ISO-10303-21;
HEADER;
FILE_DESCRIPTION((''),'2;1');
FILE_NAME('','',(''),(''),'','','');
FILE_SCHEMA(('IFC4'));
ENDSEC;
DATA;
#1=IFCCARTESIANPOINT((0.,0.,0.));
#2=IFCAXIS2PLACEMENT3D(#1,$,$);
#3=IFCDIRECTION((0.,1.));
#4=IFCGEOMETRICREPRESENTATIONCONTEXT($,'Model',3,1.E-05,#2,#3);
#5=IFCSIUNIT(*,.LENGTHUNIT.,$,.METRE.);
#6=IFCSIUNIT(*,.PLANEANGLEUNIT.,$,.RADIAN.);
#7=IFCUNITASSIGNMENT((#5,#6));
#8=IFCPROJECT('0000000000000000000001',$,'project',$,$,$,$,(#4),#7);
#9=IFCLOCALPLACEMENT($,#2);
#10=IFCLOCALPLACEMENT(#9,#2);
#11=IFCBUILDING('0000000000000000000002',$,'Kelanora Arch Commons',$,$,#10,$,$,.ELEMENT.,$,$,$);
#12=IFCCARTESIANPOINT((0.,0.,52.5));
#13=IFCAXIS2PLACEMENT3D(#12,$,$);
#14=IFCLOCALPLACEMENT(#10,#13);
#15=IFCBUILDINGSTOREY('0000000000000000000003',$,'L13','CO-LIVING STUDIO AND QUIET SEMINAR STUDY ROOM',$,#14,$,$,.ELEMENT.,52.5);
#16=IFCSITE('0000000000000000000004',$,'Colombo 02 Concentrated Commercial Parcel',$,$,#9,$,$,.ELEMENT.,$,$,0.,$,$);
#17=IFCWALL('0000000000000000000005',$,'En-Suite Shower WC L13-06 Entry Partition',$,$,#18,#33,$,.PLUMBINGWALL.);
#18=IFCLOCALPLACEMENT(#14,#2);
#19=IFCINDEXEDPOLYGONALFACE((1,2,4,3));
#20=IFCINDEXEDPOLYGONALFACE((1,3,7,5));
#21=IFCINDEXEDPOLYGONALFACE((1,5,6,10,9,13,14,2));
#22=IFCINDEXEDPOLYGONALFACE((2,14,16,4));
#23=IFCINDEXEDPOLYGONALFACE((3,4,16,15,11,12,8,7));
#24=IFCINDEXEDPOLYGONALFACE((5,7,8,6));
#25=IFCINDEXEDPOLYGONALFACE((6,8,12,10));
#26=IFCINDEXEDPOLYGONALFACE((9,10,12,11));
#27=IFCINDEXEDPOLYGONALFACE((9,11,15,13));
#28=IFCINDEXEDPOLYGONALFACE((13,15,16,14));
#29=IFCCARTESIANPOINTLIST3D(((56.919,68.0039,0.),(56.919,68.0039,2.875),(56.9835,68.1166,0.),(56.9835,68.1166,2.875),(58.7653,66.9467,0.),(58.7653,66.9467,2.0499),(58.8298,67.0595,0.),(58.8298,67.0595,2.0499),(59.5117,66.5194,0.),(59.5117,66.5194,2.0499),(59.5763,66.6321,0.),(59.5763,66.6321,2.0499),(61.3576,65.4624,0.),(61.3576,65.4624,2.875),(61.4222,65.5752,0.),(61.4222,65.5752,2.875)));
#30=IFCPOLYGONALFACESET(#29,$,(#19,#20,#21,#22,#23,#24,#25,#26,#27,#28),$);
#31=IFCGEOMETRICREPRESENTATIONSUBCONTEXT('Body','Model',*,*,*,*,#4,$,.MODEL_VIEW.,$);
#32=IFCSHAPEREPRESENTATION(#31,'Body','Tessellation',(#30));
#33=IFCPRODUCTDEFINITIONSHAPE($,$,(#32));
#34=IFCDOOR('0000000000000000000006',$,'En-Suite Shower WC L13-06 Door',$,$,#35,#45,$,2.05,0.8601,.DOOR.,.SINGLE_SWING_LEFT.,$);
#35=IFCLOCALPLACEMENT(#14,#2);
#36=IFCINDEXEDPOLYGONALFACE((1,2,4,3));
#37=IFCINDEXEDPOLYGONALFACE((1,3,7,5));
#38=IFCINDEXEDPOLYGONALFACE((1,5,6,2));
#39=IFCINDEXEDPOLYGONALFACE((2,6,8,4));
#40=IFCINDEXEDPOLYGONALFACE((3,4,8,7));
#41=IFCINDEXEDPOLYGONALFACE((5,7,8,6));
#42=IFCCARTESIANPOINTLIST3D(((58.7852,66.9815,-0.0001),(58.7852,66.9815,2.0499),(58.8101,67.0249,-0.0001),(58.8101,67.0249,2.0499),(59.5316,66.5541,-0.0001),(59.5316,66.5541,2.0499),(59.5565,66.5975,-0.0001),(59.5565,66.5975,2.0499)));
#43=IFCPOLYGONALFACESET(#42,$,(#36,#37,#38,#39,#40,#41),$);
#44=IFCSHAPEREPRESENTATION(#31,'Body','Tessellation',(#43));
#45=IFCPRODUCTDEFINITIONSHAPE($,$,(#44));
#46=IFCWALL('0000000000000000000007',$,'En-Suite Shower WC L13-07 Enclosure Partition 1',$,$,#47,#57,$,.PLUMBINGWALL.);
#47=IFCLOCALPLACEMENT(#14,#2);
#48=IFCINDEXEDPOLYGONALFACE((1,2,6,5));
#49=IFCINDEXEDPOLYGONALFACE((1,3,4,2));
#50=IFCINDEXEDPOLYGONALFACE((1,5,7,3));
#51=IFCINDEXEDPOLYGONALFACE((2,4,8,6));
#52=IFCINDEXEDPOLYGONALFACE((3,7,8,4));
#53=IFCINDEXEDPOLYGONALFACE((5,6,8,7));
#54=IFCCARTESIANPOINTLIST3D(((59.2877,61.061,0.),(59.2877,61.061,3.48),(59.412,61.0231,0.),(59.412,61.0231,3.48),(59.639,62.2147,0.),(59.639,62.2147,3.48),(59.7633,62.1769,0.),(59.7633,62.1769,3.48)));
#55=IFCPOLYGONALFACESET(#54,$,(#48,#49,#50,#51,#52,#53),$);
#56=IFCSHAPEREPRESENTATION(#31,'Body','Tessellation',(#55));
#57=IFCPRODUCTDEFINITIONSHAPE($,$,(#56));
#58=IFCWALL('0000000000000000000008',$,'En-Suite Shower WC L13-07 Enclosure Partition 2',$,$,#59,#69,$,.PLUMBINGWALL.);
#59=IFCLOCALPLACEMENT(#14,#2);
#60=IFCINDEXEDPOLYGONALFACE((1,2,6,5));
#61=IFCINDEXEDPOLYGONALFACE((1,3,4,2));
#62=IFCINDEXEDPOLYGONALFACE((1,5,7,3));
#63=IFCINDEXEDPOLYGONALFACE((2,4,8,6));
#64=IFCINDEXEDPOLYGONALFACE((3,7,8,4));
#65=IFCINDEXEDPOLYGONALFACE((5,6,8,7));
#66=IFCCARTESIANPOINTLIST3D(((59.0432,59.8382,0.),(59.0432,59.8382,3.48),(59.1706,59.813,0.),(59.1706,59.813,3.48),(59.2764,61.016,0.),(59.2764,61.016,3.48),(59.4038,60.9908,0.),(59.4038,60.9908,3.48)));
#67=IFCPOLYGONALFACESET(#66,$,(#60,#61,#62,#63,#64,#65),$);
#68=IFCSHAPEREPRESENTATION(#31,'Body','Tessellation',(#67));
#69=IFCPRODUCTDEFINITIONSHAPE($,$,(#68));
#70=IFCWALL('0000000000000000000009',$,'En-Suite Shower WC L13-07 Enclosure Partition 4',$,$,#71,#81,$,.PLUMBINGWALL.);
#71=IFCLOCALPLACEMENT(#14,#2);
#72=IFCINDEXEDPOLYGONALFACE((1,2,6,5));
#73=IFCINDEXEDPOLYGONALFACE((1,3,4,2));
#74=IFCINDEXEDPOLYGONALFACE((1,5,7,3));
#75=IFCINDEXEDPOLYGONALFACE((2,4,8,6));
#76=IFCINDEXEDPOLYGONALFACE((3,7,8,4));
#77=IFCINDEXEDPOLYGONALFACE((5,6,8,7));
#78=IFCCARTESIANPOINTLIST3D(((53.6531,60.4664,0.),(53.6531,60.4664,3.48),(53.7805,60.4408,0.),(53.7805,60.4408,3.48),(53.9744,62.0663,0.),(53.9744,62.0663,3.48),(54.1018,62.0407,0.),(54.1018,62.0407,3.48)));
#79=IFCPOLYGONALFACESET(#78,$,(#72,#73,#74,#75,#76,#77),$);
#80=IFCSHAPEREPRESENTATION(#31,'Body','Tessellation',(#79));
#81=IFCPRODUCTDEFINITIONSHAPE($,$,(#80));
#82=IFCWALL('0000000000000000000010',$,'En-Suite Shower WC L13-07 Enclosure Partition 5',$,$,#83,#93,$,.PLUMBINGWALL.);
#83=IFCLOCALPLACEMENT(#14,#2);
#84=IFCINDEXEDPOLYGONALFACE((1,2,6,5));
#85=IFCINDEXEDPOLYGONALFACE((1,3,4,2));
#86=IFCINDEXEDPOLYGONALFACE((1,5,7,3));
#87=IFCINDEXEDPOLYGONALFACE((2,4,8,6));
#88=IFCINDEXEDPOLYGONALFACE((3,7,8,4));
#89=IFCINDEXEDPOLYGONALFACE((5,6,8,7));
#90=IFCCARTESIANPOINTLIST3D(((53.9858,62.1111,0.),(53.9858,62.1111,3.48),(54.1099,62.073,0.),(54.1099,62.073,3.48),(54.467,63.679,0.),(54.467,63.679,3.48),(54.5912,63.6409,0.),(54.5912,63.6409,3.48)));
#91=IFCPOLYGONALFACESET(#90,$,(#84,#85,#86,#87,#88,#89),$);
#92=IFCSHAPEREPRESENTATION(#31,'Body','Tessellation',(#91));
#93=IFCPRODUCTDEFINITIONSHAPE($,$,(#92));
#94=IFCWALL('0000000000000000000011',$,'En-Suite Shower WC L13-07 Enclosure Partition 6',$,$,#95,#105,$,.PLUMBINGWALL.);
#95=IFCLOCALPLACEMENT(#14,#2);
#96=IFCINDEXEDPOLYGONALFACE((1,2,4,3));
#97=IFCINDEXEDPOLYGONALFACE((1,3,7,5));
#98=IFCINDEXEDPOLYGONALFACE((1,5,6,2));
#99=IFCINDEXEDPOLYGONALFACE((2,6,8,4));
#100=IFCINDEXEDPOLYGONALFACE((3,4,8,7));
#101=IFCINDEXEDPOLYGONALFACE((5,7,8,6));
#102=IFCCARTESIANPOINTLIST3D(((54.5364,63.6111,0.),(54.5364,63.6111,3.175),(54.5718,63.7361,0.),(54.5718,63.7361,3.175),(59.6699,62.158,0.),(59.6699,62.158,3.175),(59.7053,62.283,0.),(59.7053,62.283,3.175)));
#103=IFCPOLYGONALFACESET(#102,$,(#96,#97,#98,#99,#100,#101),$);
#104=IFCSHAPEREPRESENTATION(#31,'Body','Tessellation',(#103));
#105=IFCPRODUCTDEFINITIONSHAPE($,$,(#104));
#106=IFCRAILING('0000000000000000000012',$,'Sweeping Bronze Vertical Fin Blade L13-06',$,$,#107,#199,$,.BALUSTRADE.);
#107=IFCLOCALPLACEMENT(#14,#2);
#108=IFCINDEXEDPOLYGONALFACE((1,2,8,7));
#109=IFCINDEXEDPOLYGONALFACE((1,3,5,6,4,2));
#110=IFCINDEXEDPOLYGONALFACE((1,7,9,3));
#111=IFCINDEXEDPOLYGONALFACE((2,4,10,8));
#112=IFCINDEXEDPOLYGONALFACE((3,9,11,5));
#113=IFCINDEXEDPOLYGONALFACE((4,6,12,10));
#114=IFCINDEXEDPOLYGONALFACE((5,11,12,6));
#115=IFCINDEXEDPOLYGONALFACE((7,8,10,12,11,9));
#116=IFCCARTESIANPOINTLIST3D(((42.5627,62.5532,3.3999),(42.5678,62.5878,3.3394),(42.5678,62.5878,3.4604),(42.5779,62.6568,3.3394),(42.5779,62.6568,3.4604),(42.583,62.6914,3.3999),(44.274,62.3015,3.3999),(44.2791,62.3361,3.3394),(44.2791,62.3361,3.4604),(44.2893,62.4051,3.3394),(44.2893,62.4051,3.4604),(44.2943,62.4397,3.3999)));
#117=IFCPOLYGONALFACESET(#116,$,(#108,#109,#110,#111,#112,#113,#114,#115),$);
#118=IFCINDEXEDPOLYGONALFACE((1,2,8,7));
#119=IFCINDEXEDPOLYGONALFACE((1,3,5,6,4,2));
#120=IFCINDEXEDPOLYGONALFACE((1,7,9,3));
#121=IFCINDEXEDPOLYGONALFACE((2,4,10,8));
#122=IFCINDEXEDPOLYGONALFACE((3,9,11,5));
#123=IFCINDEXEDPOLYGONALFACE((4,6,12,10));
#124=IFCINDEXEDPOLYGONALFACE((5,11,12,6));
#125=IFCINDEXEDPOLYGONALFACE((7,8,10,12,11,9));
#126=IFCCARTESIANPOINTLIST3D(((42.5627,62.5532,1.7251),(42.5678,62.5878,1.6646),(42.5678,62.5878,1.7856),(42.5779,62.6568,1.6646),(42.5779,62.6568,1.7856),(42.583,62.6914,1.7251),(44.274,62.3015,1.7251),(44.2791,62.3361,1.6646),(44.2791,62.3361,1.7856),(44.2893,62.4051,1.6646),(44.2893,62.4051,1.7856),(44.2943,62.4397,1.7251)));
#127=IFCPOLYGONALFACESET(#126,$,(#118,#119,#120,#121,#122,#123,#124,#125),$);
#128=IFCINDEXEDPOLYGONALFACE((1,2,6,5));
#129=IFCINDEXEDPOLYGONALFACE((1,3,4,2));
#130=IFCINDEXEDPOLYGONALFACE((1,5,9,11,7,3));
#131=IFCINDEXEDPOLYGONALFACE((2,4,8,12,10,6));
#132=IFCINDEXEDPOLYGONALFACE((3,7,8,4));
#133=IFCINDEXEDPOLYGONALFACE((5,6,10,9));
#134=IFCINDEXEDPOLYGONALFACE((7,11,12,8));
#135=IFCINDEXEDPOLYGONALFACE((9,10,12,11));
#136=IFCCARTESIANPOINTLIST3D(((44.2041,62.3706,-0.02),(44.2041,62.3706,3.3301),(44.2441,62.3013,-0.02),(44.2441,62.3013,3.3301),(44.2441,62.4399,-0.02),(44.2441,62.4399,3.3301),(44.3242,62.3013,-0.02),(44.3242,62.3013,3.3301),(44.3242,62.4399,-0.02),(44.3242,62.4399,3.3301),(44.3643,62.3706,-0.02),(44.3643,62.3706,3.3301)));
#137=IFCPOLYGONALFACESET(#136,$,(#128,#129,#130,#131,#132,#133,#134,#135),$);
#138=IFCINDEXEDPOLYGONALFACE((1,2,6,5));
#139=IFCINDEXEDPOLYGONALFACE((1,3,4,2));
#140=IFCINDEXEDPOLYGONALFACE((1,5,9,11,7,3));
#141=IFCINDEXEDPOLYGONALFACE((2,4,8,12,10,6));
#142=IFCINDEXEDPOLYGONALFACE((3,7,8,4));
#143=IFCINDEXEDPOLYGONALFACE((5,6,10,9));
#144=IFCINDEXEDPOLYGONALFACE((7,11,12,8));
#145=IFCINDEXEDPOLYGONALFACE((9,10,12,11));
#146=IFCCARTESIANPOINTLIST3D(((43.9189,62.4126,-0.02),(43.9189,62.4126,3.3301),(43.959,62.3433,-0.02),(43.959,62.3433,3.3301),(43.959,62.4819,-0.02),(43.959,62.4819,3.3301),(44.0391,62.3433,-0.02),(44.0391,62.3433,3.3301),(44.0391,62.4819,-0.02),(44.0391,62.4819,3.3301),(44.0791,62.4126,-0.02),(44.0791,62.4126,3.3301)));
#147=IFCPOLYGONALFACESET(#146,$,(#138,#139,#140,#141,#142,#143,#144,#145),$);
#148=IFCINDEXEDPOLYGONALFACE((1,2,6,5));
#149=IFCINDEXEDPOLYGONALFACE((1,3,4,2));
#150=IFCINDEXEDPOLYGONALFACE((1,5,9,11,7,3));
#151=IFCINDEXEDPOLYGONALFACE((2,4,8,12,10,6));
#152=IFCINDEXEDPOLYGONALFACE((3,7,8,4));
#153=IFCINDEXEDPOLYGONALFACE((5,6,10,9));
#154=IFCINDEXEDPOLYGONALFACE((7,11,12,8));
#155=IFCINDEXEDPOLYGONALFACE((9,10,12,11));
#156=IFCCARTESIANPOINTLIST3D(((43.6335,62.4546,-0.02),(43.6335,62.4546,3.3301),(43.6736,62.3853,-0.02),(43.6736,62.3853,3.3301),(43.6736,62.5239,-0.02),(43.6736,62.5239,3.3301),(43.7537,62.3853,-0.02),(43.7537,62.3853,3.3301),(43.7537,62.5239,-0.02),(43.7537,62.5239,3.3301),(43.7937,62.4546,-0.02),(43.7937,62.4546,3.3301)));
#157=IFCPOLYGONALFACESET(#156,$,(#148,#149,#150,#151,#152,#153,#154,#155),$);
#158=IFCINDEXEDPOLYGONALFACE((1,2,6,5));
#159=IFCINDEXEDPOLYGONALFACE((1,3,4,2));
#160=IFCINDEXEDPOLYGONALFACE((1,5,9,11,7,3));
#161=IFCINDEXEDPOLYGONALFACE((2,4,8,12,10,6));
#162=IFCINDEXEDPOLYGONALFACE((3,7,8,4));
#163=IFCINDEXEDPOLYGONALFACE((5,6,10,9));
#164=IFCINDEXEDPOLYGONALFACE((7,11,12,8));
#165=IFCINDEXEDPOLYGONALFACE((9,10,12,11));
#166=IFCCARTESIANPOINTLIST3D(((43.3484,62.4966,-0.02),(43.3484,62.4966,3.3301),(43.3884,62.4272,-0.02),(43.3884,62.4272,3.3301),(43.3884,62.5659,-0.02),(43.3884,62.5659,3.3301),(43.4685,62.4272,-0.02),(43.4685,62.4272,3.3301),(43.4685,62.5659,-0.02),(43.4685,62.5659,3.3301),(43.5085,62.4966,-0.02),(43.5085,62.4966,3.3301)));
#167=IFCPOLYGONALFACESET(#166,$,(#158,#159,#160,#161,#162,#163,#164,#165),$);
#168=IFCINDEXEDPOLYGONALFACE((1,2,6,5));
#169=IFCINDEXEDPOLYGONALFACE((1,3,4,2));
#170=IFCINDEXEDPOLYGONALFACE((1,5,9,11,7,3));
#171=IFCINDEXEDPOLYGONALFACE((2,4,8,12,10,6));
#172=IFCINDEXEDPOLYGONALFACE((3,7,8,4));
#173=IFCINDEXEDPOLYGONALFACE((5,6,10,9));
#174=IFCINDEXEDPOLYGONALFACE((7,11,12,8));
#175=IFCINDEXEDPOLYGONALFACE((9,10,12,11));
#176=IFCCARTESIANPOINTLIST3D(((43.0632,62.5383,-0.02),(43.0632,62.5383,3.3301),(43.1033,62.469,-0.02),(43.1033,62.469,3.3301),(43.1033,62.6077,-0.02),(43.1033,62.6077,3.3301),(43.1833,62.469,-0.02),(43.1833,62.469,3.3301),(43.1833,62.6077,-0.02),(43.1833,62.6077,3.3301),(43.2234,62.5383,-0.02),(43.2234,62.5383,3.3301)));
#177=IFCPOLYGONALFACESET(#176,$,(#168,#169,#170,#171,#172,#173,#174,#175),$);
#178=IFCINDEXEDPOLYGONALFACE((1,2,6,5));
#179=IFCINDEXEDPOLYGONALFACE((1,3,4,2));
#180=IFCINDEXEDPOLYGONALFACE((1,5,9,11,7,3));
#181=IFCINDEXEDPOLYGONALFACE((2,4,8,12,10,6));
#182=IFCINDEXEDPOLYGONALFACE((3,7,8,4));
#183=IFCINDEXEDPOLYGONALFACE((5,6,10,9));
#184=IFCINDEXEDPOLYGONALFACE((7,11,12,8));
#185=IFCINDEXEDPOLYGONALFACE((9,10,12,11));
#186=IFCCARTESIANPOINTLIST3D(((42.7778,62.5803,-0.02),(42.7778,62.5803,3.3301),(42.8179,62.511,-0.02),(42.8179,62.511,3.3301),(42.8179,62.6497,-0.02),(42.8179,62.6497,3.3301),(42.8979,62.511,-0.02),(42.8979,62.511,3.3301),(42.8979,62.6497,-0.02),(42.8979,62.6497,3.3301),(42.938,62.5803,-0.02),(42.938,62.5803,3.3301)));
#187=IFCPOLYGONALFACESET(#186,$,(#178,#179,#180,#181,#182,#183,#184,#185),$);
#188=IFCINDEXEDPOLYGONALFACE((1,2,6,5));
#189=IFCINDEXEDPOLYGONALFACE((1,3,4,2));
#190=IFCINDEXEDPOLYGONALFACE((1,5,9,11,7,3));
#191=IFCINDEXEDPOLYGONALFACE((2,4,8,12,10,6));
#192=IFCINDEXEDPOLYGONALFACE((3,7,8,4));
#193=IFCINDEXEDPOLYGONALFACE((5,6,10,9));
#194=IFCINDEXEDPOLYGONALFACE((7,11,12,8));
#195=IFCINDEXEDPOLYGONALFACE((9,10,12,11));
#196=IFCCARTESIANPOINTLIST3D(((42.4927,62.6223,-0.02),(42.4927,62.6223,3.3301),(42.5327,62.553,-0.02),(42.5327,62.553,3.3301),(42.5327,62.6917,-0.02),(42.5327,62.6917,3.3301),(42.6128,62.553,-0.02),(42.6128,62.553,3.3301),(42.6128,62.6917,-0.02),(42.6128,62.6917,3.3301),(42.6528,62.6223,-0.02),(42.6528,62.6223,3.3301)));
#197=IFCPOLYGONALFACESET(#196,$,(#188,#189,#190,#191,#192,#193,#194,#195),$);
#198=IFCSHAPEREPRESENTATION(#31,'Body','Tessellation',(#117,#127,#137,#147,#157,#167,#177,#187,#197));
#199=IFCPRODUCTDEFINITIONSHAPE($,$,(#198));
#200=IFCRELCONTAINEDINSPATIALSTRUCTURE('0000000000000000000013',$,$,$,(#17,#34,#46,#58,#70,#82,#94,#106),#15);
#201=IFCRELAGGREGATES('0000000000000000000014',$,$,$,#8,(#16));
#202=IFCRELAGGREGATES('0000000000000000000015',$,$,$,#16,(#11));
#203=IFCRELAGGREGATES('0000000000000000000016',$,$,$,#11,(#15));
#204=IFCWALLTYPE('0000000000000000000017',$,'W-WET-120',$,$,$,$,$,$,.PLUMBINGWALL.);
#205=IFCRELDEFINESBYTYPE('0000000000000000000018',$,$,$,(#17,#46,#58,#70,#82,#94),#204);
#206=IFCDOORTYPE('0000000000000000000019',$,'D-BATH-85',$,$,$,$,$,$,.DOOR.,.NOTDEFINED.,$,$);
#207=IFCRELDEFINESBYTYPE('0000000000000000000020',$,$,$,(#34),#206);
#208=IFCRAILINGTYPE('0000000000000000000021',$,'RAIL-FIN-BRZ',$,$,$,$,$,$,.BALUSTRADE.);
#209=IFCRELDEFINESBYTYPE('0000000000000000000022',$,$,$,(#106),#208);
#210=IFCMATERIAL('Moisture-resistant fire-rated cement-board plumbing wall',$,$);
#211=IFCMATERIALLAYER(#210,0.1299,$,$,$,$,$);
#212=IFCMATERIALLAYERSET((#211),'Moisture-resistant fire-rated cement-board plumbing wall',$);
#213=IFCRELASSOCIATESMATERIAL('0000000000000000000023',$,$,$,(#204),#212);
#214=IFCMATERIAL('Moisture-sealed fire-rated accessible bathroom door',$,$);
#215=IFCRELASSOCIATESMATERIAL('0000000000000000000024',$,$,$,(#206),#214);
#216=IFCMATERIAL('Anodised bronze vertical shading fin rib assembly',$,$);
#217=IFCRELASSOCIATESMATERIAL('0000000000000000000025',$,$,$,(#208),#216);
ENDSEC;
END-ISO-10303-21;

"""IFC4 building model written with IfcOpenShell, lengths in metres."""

from ifc_helpers import new_model, si_unit, direction, frame, frame_2d, origin, place, context, subcontext, project, spatial, polyline, rectangle, outline, extrude, material, layer, layer_set, type_object, element, fill, save


model = new_model("IFC4")

# Units and contexts
model_context = context("Model", 3, precision=1e-05, world=origin(), true_north=direction((0.0, 1.0)))
body_context = subcontext(model_context, "Body", "Model", "MODEL_VIEW")
ifc_project = project(units=[si_unit("LENGTHUNIT", "METRE"), si_unit("PLANEANGLEUNIT", "RADIAN")], contexts=[model_context])

# Site, building, storey
site_placement = place(None, origin())
site = spatial("IfcSite", under=ifc_project, at=site_placement, Name="Colombo 02 Concentrated Commercial Parcel", CompositionType="ELEMENT", RefElevation=0.0)
building_placement = place(site_placement, origin())
building = spatial("IfcBuilding", under=site, at=building_placement, Name="Kelanora Arch Commons", CompositionType="ELEMENT")
storey_placement = place(building_placement, frame((0.0, 0.0, 52.5)))
storey = spatial("IfcBuildingStorey", under=building, at=storey_placement, Name="L13", Description="CO-LIVING STUDIO AND QUIET SEMINAR STUDY ROOM", CompositionType="ELEMENT", Elevation=52.5)

# Wall, opening, door
ifc_material_1 = material(Name="Moisture-resistant fire-rated cement-board plumbing wall")
ifc_layer_1 = layer(ifc_material_1, 0.1299)
ifc_layer_set_1 = layer_set([ifc_layer_1], Name="Moisture-resistant fire-rated cement-board plumbing wall")
wall_type_1 = type_object("IfcWallType", Name="W-WET-120", PredefinedType="PLUMBINGWALL", material=ifc_layer_set_1)
wall_1_placement = place(storey_placement, frame((61.3899, 65.5188, 0.0), z_axis=(0.0, 0.0, 1.0), x_axis=(-0.867814, 0.496889, 0.0)))
wall_1 = element("IfcWall", 1, at=wall_1_placement, inside=storey, type_object=wall_type_1, Name="En-Suite Shower WC L13-06 Entry Partition", PredefinedType="PLUMBINGWALL", context=body_context, shape_type="SweptSolid", body=[
    extrude(rectangle(XDim=5.1147, YDim=0.1299, at=frame_2d((2.5574, 0.0))), origin(), (0.0, 0.0, 1.0), 2.875),
])
opening_1_placement = place(wall_1_placement, frame((2.127, 0.0, 0.0)))
opening_1 = element("IfcOpeningElement", 2, at=opening_1_placement, cuts=wall_1, PredefinedType="OPENING", context=body_context, shape_type="SweptSolid", body=[
    extrude(rectangle(XDim=0.8601, YDim=2.05, at=frame_2d((0.4302, 1.0249))), frame((0.0, 0.075, 0.0), z_axis=(0.0, -1.0, 0.0), x_axis=(1.0, 0.0, 0.0)), (0.0, 0.0, 1.0), 0.1499),
])
ifc_material_2 = material(Name="Moisture-sealed fire-rated accessible bathroom door")
door_type_1 = type_object("IfcDoorType", Name="D-BATH-85", OperationType="NOTDEFINED", PredefinedType="DOOR", material=ifc_material_2)
door_1_placement = place(opening_1_placement, origin())
door_1 = element("IfcDoor", 3, at=door_1_placement, inside=storey, type_object=door_type_1, Name="En-Suite Shower WC L13-06 Door", OperationType="SINGLE_SWING_LEFT", OverallHeight=2.05, OverallWidth=0.8601, PredefinedType="DOOR", context=body_context, shape_type="SweptSolid", body=[
    extrude(rectangle(XDim=0.8601, YDim=2.05, at=frame_2d((0.4302, 1.0249))), frame((0.0, 0.0249, 0.0), z_axis=(0.0, -1.0, 0.0), x_axis=(1.0, 0.0, 0.0)), (0.0, 0.0, 1.0), 0.05),
])
fill(opening_1, door_1)

# Walls
wall_2_placement = place(storey_placement, frame((59.7012, 62.1958, 0.0), z_axis=(0.0, 0.0, 1.0), x_axis=(-0.291282, -0.956637, 0.0)))
element("IfcWall", 4, at=wall_2_placement, inside=storey, type_object=wall_type_1, Name="En-Suite Shower WC L13-07 Enclosure Partition 1", PredefinedType="PLUMBINGWALL", context=body_context, shape_type="SweptSolid", body=[
    extrude(rectangle(XDim=1.2061, YDim=0.1299, at=frame_2d((0.603, 0.0))), origin(), (0.0, 0.0, 1.0), 3.48),
])
wall_3_placement = place(storey_placement, frame((59.3401, 61.0034, 0.0), z_axis=(0.0, 0.0, 1.0), x_axis=(-0.1942, -0.980962, 0.0)))
element("IfcWall", 5, at=wall_3_placement, inside=storey, type_object=wall_type_1, Name="En-Suite Shower WC L13-07 Enclosure Partition 2", PredefinedType="PLUMBINGWALL", context=body_context, shape_type="SweptSolid", body=[
    extrude(rectangle(XDim=1.2007, YDim=0.1299, at=frame_2d((0.6003, 0.0))), origin(), (0.0, 0.0, 1.0), 3.48),
])
wall_4_placement = place(storey_placement, frame((53.7168, 60.4536, 0.0), z_axis=(0.0, 0.0, 1.0), x_axis=(0.196893, 0.980425, 0.0)))
element("IfcWall", 6, at=wall_4_placement, inside=storey, type_object=wall_type_1, Name="En-Suite Shower WC L13-07 Enclosure Partition 4", PredefinedType="PLUMBINGWALL", context=body_context, shape_type="SweptSolid", body=[
    extrude(rectangle(XDim=1.6318, YDim=0.1299, at=frame_2d((0.8159, 0.0))), origin(), (0.0, 0.0, 1.0), 3.48),
])
wall_5_placement = place(storey_placement, frame((54.0479, 62.092, 0.0), z_axis=(0.0, 0.0, 1.0), x_axis=(0.293406, 0.955988, 0.0)))
element("IfcWall", 7, at=wall_5_placement, inside=storey, type_object=wall_type_1, Name="En-Suite Shower WC L13-07 Enclosure Partition 5", PredefinedType="PLUMBINGWALL", context=body_context, shape_type="SweptSolid", body=[
    extrude(rectangle(XDim=1.6401, YDim=0.1299, at=frame_2d((0.8201, 0.0))), origin(), (0.0, 0.0, 1.0), 3.48),
])
wall_6_placement = place(storey_placement, frame((54.5542, 63.6736, 0.0), z_axis=(0.0, 0.0, 1.0), x_axis=(0.962195, -0.272363, 0.0)))
element("IfcWall", 8, at=wall_6_placement, inside=storey, type_object=wall_type_1, Name="En-Suite Shower WC L13-07 Enclosure Partition 6", PredefinedType="PLUMBINGWALL", context=body_context, shape_type="SweptSolid", body=[
    extrude(rectangle(XDim=5.3352, YDim=0.1299, at=frame_2d((2.6675, 0.0))), origin(), (0.0, 0.0, 1.0), 3.175),
])

# Railing
ifc_material_3 = material(Name="Anodised bronze vertical shading fin rib assembly")
railing_type = type_object("IfcRailingType", Name="RAIL-FIN-BRZ", PredefinedType="BALUSTRADE", material=ifc_material_3)
railing_placement = place(storey_placement, frame((44.2842, 62.3706, -0.02)))
element("IfcRailing", 9, at=railing_placement, inside=storey, type_object=railing_type, Name="Sweeping Bronze Vertical Fin Blade L13-06", PredefinedType="BALUSTRADE", context=body_context, shape_type="SweptSolid", body=[
    extrude(outline(polyline([(0.0698, 0.0), (0.0349, 0.0605), (-0.0349, 0.0605), (-0.0698, 0.0), (-0.0349, -0.0605), (0.0349, -0.0605), (0.0698, 0.0)])), frame((0.0, 0.0, 3.4199), z_axis=(-0.989357, 0.14551, 0.0), x_axis=(-0.14551, -0.989357, 0.0)), (0.0, 0.0, 1.0), 1.7297),
    extrude(outline(polyline([(0.0698, 0.0), (0.0349, 0.0605), (-0.0349, 0.0605), (-0.0698, 0.0), (-0.0349, -0.0605), (0.0349, -0.0605), (0.0698, 0.0)])), frame((0.0, 0.0, 1.7451), z_axis=(-0.989357, 0.14551, 0.0), x_axis=(-0.14551, -0.989357, 0.0)), (0.0, 0.0, 1.0), 1.7297),
    extrude(outline(polyline([(0.0801, 0.0), (0.04, 0.0693), (-0.04, 0.0693), (-0.0801, 0.0), (-0.04, -0.0693), (0.04, -0.0693), (0.0801, 0.0)])), origin(), (0.0, 0.0, 1.0), 3.3501),
    extrude(outline(polyline([(0.0801, 0.0), (0.04, 0.0693), (-0.04, 0.0693), (-0.0801, 0.0), (-0.04, -0.0693), (0.04, -0.0693), (0.0801, 0.0)])), frame((-0.2852, 0.042, 0.0)), (0.0, 0.0, 1.0), 3.3501),
    extrude(outline(polyline([(0.0801, 0.0), (0.04, 0.0693), (-0.04, 0.0693), (-0.0801, 0.0), (-0.04, -0.0693), (0.04, -0.0693), (0.0801, 0.0)])), frame((-0.5706, 0.084, 0.0)), (0.0, 0.0, 1.0), 3.3501),
    extrude(outline(polyline([(0.0801, 0.0), (0.04, 0.0693), (-0.04, 0.0693), (-0.0801, 0.0), (-0.04, -0.0693), (0.04, -0.0693), (0.0801, 0.0)])), frame((-0.8557, 0.126, 0.0)), (0.0, 0.0, 1.0), 3.3501),
    extrude(outline(polyline([(0.0801, 0.0), (0.04, 0.0693), (-0.04, 0.0693), (-0.0801, 0.0), (-0.04, -0.0693), (0.04, -0.0693), (0.0801, 0.0)])), frame((-1.1409, 0.1677, 0.0)), (0.0, 0.0, 1.0), 3.3501),
    extrude(outline(polyline([(0.0801, 0.0), (0.04, 0.0693), (-0.04, 0.0693), (-0.0801, 0.0), (-0.04, -0.0693), (0.04, -0.0693), (0.0801, 0.0)])), frame((-1.4263, 0.2097, 0.0)), (0.0, 0.0, 1.0), 3.3501),
    extrude(outline(polyline([(0.0801, 0.0), (0.04, 0.0693), (-0.04, 0.0693), (-0.0801, 0.0), (-0.04, -0.0693), (0.04, -0.0693), (0.0801, 0.0)])), frame((-1.7114, 0.2517, 0.0)), (0.0, 0.0, 1.0), 3.3501),
])

save(model, "model.ifc")
